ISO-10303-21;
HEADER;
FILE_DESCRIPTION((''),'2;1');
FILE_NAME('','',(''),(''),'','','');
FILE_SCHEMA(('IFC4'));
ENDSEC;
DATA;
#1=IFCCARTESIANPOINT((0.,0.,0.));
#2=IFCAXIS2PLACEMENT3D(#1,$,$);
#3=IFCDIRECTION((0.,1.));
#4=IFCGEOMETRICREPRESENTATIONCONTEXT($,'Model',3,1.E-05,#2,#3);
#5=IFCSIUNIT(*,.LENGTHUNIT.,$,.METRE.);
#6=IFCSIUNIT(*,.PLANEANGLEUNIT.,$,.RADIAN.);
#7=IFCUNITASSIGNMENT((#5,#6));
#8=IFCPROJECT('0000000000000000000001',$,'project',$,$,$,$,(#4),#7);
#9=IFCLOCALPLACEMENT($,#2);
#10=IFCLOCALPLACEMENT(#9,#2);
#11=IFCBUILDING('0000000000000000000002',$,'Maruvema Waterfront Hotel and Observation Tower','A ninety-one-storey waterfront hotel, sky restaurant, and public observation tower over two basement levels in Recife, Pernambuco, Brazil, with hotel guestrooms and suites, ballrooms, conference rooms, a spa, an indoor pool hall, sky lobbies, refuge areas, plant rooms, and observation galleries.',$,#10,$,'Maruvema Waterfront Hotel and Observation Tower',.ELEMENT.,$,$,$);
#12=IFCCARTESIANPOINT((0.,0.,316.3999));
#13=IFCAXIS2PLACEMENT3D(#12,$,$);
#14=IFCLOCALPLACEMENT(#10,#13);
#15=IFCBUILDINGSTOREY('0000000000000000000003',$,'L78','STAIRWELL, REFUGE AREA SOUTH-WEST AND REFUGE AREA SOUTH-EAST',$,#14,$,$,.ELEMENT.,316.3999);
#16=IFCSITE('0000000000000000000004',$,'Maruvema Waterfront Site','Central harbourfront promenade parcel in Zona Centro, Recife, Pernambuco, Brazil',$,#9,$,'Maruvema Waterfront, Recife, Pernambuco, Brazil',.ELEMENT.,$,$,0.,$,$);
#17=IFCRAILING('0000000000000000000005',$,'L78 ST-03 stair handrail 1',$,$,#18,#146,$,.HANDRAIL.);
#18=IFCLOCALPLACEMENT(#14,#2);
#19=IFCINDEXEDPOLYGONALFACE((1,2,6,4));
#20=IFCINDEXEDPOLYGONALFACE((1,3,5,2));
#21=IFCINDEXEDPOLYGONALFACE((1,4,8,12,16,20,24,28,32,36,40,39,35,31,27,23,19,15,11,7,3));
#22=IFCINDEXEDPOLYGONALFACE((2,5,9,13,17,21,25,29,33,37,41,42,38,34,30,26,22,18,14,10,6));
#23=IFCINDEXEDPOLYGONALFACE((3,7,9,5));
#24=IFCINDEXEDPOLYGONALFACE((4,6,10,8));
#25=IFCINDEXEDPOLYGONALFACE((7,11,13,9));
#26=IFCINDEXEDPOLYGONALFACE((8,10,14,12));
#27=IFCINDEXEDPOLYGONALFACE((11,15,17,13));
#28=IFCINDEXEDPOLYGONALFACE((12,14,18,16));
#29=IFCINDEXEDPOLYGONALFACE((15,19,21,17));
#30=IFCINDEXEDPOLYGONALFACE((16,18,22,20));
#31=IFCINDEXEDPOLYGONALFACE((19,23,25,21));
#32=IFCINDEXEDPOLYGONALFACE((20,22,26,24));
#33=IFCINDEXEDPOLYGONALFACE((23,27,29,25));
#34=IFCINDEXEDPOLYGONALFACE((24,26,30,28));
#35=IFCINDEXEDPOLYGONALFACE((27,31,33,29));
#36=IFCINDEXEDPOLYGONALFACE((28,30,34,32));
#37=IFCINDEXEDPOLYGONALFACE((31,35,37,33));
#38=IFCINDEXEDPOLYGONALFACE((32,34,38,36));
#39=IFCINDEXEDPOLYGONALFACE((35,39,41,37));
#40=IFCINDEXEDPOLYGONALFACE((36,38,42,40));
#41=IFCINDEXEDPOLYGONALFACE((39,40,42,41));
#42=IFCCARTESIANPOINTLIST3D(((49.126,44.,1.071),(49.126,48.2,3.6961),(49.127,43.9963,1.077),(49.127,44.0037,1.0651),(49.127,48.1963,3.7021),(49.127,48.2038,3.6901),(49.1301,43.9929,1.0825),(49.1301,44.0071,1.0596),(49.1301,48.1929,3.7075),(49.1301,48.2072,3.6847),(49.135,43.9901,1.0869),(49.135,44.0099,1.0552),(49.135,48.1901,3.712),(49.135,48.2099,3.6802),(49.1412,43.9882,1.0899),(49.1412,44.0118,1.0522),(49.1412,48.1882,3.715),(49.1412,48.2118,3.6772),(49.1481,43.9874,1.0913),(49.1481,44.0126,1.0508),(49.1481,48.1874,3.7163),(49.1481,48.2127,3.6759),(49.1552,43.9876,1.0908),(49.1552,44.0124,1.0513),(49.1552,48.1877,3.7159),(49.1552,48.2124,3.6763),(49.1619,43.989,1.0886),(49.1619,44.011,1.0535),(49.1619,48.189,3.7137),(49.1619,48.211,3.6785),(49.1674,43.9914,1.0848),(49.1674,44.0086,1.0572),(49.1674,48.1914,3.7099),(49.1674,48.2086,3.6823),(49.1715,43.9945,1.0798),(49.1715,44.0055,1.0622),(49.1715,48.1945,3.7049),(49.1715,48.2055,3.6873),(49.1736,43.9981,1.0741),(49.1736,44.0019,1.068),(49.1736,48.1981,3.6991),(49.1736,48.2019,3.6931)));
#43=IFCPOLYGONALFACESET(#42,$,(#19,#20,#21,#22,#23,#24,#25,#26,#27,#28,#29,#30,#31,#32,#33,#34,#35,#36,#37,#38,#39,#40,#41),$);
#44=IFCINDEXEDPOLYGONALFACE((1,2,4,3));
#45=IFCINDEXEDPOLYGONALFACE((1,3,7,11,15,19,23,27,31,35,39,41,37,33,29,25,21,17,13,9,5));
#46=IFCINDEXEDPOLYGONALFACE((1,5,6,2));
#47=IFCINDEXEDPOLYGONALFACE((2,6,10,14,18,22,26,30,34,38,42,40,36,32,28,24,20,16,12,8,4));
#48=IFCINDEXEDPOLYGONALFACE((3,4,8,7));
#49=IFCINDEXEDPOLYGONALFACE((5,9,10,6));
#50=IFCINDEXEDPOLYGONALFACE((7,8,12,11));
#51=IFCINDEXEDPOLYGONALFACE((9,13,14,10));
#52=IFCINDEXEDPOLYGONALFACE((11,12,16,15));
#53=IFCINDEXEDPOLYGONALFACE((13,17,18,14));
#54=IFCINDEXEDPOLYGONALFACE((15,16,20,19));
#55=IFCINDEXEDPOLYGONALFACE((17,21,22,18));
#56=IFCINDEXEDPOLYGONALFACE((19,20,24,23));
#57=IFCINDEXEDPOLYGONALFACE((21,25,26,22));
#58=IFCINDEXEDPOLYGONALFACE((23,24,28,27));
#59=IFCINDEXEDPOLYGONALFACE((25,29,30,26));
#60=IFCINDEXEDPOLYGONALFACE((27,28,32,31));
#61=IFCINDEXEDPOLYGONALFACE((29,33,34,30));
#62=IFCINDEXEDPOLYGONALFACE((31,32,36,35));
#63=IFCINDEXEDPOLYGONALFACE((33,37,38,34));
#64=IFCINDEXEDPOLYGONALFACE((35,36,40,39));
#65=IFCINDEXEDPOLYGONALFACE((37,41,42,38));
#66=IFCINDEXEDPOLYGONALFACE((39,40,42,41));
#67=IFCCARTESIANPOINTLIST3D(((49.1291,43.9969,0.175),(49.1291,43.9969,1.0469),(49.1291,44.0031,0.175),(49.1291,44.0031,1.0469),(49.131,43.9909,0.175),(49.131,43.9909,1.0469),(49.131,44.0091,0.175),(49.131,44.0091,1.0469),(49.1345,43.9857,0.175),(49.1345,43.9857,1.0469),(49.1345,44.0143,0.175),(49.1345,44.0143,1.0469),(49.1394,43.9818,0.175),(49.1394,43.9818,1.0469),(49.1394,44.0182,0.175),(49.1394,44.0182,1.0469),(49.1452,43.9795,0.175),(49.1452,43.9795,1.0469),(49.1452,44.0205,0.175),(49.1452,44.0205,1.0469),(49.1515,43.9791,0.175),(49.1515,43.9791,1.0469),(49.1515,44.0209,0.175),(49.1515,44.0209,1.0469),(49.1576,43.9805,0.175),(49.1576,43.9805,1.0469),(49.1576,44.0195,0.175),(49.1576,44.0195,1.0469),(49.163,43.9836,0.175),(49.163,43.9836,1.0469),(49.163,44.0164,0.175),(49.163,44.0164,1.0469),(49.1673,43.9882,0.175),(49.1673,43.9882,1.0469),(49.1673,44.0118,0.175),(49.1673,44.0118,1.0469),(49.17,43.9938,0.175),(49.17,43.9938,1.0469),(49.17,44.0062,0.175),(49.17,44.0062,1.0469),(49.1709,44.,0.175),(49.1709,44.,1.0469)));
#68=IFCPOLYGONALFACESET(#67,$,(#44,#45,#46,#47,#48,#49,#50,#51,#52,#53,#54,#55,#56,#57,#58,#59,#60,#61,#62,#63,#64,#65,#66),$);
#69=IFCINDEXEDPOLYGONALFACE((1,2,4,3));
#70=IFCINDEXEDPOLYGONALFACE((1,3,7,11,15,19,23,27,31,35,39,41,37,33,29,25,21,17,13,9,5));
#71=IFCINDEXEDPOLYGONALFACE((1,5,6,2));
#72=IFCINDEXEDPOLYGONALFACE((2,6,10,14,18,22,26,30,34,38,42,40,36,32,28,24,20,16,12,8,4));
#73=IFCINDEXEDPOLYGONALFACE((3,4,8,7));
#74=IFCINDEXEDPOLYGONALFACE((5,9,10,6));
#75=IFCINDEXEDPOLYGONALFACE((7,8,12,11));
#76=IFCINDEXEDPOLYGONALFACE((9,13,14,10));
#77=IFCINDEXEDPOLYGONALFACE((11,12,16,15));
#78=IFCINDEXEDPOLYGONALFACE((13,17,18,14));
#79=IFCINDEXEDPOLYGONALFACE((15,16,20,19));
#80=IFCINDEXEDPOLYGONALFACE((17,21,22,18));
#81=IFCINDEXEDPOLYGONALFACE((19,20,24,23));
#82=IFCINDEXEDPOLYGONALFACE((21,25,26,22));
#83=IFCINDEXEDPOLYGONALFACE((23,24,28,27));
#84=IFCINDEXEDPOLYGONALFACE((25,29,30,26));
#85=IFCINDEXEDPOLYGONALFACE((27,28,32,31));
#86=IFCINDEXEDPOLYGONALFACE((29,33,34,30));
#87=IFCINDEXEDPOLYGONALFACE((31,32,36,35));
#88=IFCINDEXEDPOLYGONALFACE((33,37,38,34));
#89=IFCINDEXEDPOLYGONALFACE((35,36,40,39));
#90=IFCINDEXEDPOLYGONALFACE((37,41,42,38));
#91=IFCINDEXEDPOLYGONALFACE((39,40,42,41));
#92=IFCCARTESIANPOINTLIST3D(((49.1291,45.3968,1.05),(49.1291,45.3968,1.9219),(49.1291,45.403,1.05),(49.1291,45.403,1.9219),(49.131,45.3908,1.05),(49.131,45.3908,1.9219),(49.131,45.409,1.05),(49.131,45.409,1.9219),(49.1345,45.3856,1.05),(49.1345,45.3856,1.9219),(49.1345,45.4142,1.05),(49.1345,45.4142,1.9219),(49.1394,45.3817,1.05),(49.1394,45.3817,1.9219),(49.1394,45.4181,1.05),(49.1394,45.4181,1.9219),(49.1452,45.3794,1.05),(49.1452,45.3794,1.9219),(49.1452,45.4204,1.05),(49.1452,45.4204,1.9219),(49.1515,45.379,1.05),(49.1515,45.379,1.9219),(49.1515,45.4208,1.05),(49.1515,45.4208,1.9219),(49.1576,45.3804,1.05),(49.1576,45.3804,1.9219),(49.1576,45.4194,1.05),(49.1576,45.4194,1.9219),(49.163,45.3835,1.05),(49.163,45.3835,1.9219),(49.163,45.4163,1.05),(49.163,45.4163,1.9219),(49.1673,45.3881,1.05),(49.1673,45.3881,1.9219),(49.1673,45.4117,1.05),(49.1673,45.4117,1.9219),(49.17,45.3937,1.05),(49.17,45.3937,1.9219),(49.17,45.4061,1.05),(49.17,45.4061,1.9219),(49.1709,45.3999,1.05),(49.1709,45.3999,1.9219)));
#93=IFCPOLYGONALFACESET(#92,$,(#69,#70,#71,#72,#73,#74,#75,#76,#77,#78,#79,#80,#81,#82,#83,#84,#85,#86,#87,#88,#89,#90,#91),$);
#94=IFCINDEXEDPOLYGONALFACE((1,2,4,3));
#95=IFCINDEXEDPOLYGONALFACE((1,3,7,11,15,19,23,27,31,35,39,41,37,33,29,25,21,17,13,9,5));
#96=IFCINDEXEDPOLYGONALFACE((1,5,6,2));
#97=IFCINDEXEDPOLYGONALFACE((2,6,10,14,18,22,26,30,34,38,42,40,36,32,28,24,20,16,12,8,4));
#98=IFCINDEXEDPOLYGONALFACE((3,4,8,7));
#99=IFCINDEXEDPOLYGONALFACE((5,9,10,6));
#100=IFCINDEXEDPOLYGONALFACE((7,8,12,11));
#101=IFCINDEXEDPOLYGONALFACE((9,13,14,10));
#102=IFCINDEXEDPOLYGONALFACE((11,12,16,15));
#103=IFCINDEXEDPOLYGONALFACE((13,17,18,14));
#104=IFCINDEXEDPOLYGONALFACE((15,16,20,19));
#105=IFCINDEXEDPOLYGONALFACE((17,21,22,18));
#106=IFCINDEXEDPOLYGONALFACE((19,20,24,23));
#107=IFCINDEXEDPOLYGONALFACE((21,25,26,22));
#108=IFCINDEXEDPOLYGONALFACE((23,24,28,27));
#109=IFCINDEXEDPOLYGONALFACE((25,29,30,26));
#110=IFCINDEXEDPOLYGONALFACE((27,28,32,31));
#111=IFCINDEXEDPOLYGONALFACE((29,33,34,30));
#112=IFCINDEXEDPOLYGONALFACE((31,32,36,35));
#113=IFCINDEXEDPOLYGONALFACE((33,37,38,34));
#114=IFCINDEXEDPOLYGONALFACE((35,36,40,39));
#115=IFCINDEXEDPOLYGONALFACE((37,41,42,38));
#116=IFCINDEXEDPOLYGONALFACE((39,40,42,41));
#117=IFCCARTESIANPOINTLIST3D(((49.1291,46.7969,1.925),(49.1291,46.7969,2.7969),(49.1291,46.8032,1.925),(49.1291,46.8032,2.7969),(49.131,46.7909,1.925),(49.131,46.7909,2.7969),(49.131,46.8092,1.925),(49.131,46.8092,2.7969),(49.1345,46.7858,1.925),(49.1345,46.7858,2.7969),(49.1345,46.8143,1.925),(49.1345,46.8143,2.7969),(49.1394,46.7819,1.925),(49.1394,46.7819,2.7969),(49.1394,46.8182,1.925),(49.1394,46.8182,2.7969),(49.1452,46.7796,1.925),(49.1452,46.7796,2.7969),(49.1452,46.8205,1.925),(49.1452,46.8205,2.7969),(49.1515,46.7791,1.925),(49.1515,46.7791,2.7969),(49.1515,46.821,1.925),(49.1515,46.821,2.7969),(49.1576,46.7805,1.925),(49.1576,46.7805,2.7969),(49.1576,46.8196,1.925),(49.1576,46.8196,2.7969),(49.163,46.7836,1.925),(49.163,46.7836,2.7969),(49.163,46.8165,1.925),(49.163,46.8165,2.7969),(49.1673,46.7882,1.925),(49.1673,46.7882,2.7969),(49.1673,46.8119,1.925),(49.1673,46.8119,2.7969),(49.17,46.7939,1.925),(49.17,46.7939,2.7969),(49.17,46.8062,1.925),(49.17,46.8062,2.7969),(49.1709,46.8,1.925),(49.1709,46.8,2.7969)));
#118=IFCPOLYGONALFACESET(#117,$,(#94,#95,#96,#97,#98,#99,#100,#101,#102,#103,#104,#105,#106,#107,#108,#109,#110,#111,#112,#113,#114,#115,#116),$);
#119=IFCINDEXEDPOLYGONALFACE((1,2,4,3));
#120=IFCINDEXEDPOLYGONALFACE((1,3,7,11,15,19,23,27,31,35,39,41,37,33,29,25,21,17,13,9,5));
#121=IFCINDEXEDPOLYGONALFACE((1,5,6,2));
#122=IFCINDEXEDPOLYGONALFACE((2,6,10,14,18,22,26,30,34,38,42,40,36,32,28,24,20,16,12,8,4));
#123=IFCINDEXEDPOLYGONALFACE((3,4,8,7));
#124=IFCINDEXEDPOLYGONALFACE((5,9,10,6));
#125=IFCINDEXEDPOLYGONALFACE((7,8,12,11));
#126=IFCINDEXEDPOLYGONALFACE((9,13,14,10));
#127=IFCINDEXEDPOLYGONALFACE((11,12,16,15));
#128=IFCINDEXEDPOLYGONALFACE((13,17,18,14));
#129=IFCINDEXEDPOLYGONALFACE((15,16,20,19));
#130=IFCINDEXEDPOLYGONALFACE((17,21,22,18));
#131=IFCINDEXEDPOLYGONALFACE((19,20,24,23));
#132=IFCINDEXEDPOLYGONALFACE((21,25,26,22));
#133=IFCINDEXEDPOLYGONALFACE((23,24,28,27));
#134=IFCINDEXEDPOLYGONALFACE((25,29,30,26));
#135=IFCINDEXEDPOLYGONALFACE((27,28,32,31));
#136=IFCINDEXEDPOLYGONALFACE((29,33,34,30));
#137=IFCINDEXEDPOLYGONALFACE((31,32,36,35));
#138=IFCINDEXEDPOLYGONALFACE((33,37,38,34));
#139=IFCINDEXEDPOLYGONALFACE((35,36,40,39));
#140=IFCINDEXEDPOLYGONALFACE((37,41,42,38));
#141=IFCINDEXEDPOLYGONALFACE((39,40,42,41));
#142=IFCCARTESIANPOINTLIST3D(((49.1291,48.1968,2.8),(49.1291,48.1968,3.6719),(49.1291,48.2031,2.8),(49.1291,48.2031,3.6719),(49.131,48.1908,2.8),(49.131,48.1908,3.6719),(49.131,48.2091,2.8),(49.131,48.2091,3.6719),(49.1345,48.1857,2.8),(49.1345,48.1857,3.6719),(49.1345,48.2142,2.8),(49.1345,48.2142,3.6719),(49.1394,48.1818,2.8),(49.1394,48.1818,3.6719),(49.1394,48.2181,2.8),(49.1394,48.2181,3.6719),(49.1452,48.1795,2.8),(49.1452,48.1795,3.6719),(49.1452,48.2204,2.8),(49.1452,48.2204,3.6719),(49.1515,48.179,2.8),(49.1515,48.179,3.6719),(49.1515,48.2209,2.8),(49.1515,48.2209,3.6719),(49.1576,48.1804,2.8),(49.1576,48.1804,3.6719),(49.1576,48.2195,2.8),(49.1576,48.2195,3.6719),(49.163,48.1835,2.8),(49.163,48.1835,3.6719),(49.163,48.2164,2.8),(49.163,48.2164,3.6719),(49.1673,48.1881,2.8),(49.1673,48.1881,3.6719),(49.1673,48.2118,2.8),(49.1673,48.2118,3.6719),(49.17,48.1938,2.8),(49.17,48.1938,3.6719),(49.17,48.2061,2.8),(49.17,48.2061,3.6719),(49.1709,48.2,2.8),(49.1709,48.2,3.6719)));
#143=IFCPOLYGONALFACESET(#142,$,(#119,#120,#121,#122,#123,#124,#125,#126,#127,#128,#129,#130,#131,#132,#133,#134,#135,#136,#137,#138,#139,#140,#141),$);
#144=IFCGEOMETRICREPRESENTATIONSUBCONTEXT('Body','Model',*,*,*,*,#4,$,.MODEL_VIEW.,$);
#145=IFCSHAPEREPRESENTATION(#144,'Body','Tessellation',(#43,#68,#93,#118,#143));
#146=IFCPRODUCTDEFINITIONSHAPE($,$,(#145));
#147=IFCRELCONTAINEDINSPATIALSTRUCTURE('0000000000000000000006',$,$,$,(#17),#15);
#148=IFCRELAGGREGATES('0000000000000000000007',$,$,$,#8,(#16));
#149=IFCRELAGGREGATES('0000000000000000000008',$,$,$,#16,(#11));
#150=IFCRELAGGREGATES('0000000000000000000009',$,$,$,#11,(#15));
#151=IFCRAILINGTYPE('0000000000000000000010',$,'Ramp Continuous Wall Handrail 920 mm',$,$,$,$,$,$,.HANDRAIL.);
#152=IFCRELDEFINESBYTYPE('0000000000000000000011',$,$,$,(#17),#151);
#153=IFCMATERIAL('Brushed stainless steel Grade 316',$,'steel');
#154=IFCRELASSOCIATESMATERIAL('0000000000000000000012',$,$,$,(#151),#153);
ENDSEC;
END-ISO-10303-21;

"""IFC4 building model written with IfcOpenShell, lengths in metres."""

from ifc_helpers import new_model, si_unit, direction, frame, origin, origin_2d, place, context, subcontext, project, spatial, circle, extrude, material, type_object, element, save


model = new_model("IFC4")

# Units and contexts
model_context = context("Model", 3, precision=1e-05, world=origin(), true_north=direction((0.0, 1.0)))
body_context = subcontext(model_context, "Body", "Model", "MODEL_VIEW")
ifc_project = project(units=[si_unit("LENGTHUNIT", "METRE"), si_unit("PLANEANGLEUNIT", "RADIAN")], contexts=[model_context])

# Site, building, storey
site_placement = place(None, origin())
site = spatial("IfcSite", under=ifc_project, at=site_placement, Name="Maruvema Waterfront Site", Description="Central harbourfront promenade parcel in Zona Centro, Recife, Pernambuco, Brazil", LongName="Maruvema Waterfront, Recife, Pernambuco, Brazil", CompositionType="ELEMENT", RefElevation=0.0)
building_placement = place(site_placement, origin())
building = spatial("IfcBuilding", under=site, at=building_placement, Name="Maruvema Waterfront Hotel and Observation Tower", Description="A ninety-one-storey waterfront hotel, sky restaurant, and public observation tower over two basement levels in Recife, Pernambuco, Brazil, with hotel guestrooms and suites, ballrooms, conference rooms, a spa, an indoor pool hall, sky lobbies, refuge areas, plant rooms, and observation galleries.", LongName="Maruvema Waterfront Hotel and Observation Tower", CompositionType="ELEMENT")
storey_placement = place(building_placement, frame((0.0, 0.0, 316.3999)))
storey = spatial("IfcBuildingStorey", under=building, at=storey_placement, Name="L78", Description="STAIRWELL, REFUGE AREA SOUTH-WEST AND REFUGE AREA SOUTH-EAST", CompositionType="ELEMENT", Elevation=316.3999)

# Railing
ifc_material_1 = material(Name="Brushed stainless steel Grade 316", Category="steel")
railing_type_1 = type_object("IfcRailingType", Name="Ramp Continuous Wall Handrail 920 mm", PredefinedType="HANDRAIL", material=ifc_material_1)
railing_1_placement = place(storey_placement, frame((49.1499, 44.0, 0.175)))
element("IfcRailing", 1, at=railing_1_placement, inside=storey, type_object=railing_type_1, Name="L78 ST-03 stair handrail 1", PredefinedType="HANDRAIL", context=body_context, shape_type="SweptSolid", body=[
    extrude(circle(Radius=0.0239, at=origin_2d()), frame((0.0, 0.0, 0.896), z_axis=(0.0, 0.847996, 0.530003), x_axis=(-1.0, 0.0, 0.0)), (0.0, 0.0, 1.0), 4.9529),
    extrude(circle(Radius=0.021, at=origin_2d()), origin(), (0.0, 0.0, 1.0), 0.8718),
    extrude(circle(Radius=0.021, at=origin_2d()), frame((0.0, 1.3999, 0.875)), (0.0, 0.0, 1.0), 0.8718),
    extrude(circle(Radius=0.021, at=origin_2d()), frame((0.0, 2.8, 1.75)), (0.0, 0.0, 1.0), 0.8718),
    extrude(circle(Radius=0.021, at=origin_2d()), frame((0.0, 4.2, 2.625)), (0.0, 0.0, 1.0), 0.8718),
])

save(model, "model.ifc")
